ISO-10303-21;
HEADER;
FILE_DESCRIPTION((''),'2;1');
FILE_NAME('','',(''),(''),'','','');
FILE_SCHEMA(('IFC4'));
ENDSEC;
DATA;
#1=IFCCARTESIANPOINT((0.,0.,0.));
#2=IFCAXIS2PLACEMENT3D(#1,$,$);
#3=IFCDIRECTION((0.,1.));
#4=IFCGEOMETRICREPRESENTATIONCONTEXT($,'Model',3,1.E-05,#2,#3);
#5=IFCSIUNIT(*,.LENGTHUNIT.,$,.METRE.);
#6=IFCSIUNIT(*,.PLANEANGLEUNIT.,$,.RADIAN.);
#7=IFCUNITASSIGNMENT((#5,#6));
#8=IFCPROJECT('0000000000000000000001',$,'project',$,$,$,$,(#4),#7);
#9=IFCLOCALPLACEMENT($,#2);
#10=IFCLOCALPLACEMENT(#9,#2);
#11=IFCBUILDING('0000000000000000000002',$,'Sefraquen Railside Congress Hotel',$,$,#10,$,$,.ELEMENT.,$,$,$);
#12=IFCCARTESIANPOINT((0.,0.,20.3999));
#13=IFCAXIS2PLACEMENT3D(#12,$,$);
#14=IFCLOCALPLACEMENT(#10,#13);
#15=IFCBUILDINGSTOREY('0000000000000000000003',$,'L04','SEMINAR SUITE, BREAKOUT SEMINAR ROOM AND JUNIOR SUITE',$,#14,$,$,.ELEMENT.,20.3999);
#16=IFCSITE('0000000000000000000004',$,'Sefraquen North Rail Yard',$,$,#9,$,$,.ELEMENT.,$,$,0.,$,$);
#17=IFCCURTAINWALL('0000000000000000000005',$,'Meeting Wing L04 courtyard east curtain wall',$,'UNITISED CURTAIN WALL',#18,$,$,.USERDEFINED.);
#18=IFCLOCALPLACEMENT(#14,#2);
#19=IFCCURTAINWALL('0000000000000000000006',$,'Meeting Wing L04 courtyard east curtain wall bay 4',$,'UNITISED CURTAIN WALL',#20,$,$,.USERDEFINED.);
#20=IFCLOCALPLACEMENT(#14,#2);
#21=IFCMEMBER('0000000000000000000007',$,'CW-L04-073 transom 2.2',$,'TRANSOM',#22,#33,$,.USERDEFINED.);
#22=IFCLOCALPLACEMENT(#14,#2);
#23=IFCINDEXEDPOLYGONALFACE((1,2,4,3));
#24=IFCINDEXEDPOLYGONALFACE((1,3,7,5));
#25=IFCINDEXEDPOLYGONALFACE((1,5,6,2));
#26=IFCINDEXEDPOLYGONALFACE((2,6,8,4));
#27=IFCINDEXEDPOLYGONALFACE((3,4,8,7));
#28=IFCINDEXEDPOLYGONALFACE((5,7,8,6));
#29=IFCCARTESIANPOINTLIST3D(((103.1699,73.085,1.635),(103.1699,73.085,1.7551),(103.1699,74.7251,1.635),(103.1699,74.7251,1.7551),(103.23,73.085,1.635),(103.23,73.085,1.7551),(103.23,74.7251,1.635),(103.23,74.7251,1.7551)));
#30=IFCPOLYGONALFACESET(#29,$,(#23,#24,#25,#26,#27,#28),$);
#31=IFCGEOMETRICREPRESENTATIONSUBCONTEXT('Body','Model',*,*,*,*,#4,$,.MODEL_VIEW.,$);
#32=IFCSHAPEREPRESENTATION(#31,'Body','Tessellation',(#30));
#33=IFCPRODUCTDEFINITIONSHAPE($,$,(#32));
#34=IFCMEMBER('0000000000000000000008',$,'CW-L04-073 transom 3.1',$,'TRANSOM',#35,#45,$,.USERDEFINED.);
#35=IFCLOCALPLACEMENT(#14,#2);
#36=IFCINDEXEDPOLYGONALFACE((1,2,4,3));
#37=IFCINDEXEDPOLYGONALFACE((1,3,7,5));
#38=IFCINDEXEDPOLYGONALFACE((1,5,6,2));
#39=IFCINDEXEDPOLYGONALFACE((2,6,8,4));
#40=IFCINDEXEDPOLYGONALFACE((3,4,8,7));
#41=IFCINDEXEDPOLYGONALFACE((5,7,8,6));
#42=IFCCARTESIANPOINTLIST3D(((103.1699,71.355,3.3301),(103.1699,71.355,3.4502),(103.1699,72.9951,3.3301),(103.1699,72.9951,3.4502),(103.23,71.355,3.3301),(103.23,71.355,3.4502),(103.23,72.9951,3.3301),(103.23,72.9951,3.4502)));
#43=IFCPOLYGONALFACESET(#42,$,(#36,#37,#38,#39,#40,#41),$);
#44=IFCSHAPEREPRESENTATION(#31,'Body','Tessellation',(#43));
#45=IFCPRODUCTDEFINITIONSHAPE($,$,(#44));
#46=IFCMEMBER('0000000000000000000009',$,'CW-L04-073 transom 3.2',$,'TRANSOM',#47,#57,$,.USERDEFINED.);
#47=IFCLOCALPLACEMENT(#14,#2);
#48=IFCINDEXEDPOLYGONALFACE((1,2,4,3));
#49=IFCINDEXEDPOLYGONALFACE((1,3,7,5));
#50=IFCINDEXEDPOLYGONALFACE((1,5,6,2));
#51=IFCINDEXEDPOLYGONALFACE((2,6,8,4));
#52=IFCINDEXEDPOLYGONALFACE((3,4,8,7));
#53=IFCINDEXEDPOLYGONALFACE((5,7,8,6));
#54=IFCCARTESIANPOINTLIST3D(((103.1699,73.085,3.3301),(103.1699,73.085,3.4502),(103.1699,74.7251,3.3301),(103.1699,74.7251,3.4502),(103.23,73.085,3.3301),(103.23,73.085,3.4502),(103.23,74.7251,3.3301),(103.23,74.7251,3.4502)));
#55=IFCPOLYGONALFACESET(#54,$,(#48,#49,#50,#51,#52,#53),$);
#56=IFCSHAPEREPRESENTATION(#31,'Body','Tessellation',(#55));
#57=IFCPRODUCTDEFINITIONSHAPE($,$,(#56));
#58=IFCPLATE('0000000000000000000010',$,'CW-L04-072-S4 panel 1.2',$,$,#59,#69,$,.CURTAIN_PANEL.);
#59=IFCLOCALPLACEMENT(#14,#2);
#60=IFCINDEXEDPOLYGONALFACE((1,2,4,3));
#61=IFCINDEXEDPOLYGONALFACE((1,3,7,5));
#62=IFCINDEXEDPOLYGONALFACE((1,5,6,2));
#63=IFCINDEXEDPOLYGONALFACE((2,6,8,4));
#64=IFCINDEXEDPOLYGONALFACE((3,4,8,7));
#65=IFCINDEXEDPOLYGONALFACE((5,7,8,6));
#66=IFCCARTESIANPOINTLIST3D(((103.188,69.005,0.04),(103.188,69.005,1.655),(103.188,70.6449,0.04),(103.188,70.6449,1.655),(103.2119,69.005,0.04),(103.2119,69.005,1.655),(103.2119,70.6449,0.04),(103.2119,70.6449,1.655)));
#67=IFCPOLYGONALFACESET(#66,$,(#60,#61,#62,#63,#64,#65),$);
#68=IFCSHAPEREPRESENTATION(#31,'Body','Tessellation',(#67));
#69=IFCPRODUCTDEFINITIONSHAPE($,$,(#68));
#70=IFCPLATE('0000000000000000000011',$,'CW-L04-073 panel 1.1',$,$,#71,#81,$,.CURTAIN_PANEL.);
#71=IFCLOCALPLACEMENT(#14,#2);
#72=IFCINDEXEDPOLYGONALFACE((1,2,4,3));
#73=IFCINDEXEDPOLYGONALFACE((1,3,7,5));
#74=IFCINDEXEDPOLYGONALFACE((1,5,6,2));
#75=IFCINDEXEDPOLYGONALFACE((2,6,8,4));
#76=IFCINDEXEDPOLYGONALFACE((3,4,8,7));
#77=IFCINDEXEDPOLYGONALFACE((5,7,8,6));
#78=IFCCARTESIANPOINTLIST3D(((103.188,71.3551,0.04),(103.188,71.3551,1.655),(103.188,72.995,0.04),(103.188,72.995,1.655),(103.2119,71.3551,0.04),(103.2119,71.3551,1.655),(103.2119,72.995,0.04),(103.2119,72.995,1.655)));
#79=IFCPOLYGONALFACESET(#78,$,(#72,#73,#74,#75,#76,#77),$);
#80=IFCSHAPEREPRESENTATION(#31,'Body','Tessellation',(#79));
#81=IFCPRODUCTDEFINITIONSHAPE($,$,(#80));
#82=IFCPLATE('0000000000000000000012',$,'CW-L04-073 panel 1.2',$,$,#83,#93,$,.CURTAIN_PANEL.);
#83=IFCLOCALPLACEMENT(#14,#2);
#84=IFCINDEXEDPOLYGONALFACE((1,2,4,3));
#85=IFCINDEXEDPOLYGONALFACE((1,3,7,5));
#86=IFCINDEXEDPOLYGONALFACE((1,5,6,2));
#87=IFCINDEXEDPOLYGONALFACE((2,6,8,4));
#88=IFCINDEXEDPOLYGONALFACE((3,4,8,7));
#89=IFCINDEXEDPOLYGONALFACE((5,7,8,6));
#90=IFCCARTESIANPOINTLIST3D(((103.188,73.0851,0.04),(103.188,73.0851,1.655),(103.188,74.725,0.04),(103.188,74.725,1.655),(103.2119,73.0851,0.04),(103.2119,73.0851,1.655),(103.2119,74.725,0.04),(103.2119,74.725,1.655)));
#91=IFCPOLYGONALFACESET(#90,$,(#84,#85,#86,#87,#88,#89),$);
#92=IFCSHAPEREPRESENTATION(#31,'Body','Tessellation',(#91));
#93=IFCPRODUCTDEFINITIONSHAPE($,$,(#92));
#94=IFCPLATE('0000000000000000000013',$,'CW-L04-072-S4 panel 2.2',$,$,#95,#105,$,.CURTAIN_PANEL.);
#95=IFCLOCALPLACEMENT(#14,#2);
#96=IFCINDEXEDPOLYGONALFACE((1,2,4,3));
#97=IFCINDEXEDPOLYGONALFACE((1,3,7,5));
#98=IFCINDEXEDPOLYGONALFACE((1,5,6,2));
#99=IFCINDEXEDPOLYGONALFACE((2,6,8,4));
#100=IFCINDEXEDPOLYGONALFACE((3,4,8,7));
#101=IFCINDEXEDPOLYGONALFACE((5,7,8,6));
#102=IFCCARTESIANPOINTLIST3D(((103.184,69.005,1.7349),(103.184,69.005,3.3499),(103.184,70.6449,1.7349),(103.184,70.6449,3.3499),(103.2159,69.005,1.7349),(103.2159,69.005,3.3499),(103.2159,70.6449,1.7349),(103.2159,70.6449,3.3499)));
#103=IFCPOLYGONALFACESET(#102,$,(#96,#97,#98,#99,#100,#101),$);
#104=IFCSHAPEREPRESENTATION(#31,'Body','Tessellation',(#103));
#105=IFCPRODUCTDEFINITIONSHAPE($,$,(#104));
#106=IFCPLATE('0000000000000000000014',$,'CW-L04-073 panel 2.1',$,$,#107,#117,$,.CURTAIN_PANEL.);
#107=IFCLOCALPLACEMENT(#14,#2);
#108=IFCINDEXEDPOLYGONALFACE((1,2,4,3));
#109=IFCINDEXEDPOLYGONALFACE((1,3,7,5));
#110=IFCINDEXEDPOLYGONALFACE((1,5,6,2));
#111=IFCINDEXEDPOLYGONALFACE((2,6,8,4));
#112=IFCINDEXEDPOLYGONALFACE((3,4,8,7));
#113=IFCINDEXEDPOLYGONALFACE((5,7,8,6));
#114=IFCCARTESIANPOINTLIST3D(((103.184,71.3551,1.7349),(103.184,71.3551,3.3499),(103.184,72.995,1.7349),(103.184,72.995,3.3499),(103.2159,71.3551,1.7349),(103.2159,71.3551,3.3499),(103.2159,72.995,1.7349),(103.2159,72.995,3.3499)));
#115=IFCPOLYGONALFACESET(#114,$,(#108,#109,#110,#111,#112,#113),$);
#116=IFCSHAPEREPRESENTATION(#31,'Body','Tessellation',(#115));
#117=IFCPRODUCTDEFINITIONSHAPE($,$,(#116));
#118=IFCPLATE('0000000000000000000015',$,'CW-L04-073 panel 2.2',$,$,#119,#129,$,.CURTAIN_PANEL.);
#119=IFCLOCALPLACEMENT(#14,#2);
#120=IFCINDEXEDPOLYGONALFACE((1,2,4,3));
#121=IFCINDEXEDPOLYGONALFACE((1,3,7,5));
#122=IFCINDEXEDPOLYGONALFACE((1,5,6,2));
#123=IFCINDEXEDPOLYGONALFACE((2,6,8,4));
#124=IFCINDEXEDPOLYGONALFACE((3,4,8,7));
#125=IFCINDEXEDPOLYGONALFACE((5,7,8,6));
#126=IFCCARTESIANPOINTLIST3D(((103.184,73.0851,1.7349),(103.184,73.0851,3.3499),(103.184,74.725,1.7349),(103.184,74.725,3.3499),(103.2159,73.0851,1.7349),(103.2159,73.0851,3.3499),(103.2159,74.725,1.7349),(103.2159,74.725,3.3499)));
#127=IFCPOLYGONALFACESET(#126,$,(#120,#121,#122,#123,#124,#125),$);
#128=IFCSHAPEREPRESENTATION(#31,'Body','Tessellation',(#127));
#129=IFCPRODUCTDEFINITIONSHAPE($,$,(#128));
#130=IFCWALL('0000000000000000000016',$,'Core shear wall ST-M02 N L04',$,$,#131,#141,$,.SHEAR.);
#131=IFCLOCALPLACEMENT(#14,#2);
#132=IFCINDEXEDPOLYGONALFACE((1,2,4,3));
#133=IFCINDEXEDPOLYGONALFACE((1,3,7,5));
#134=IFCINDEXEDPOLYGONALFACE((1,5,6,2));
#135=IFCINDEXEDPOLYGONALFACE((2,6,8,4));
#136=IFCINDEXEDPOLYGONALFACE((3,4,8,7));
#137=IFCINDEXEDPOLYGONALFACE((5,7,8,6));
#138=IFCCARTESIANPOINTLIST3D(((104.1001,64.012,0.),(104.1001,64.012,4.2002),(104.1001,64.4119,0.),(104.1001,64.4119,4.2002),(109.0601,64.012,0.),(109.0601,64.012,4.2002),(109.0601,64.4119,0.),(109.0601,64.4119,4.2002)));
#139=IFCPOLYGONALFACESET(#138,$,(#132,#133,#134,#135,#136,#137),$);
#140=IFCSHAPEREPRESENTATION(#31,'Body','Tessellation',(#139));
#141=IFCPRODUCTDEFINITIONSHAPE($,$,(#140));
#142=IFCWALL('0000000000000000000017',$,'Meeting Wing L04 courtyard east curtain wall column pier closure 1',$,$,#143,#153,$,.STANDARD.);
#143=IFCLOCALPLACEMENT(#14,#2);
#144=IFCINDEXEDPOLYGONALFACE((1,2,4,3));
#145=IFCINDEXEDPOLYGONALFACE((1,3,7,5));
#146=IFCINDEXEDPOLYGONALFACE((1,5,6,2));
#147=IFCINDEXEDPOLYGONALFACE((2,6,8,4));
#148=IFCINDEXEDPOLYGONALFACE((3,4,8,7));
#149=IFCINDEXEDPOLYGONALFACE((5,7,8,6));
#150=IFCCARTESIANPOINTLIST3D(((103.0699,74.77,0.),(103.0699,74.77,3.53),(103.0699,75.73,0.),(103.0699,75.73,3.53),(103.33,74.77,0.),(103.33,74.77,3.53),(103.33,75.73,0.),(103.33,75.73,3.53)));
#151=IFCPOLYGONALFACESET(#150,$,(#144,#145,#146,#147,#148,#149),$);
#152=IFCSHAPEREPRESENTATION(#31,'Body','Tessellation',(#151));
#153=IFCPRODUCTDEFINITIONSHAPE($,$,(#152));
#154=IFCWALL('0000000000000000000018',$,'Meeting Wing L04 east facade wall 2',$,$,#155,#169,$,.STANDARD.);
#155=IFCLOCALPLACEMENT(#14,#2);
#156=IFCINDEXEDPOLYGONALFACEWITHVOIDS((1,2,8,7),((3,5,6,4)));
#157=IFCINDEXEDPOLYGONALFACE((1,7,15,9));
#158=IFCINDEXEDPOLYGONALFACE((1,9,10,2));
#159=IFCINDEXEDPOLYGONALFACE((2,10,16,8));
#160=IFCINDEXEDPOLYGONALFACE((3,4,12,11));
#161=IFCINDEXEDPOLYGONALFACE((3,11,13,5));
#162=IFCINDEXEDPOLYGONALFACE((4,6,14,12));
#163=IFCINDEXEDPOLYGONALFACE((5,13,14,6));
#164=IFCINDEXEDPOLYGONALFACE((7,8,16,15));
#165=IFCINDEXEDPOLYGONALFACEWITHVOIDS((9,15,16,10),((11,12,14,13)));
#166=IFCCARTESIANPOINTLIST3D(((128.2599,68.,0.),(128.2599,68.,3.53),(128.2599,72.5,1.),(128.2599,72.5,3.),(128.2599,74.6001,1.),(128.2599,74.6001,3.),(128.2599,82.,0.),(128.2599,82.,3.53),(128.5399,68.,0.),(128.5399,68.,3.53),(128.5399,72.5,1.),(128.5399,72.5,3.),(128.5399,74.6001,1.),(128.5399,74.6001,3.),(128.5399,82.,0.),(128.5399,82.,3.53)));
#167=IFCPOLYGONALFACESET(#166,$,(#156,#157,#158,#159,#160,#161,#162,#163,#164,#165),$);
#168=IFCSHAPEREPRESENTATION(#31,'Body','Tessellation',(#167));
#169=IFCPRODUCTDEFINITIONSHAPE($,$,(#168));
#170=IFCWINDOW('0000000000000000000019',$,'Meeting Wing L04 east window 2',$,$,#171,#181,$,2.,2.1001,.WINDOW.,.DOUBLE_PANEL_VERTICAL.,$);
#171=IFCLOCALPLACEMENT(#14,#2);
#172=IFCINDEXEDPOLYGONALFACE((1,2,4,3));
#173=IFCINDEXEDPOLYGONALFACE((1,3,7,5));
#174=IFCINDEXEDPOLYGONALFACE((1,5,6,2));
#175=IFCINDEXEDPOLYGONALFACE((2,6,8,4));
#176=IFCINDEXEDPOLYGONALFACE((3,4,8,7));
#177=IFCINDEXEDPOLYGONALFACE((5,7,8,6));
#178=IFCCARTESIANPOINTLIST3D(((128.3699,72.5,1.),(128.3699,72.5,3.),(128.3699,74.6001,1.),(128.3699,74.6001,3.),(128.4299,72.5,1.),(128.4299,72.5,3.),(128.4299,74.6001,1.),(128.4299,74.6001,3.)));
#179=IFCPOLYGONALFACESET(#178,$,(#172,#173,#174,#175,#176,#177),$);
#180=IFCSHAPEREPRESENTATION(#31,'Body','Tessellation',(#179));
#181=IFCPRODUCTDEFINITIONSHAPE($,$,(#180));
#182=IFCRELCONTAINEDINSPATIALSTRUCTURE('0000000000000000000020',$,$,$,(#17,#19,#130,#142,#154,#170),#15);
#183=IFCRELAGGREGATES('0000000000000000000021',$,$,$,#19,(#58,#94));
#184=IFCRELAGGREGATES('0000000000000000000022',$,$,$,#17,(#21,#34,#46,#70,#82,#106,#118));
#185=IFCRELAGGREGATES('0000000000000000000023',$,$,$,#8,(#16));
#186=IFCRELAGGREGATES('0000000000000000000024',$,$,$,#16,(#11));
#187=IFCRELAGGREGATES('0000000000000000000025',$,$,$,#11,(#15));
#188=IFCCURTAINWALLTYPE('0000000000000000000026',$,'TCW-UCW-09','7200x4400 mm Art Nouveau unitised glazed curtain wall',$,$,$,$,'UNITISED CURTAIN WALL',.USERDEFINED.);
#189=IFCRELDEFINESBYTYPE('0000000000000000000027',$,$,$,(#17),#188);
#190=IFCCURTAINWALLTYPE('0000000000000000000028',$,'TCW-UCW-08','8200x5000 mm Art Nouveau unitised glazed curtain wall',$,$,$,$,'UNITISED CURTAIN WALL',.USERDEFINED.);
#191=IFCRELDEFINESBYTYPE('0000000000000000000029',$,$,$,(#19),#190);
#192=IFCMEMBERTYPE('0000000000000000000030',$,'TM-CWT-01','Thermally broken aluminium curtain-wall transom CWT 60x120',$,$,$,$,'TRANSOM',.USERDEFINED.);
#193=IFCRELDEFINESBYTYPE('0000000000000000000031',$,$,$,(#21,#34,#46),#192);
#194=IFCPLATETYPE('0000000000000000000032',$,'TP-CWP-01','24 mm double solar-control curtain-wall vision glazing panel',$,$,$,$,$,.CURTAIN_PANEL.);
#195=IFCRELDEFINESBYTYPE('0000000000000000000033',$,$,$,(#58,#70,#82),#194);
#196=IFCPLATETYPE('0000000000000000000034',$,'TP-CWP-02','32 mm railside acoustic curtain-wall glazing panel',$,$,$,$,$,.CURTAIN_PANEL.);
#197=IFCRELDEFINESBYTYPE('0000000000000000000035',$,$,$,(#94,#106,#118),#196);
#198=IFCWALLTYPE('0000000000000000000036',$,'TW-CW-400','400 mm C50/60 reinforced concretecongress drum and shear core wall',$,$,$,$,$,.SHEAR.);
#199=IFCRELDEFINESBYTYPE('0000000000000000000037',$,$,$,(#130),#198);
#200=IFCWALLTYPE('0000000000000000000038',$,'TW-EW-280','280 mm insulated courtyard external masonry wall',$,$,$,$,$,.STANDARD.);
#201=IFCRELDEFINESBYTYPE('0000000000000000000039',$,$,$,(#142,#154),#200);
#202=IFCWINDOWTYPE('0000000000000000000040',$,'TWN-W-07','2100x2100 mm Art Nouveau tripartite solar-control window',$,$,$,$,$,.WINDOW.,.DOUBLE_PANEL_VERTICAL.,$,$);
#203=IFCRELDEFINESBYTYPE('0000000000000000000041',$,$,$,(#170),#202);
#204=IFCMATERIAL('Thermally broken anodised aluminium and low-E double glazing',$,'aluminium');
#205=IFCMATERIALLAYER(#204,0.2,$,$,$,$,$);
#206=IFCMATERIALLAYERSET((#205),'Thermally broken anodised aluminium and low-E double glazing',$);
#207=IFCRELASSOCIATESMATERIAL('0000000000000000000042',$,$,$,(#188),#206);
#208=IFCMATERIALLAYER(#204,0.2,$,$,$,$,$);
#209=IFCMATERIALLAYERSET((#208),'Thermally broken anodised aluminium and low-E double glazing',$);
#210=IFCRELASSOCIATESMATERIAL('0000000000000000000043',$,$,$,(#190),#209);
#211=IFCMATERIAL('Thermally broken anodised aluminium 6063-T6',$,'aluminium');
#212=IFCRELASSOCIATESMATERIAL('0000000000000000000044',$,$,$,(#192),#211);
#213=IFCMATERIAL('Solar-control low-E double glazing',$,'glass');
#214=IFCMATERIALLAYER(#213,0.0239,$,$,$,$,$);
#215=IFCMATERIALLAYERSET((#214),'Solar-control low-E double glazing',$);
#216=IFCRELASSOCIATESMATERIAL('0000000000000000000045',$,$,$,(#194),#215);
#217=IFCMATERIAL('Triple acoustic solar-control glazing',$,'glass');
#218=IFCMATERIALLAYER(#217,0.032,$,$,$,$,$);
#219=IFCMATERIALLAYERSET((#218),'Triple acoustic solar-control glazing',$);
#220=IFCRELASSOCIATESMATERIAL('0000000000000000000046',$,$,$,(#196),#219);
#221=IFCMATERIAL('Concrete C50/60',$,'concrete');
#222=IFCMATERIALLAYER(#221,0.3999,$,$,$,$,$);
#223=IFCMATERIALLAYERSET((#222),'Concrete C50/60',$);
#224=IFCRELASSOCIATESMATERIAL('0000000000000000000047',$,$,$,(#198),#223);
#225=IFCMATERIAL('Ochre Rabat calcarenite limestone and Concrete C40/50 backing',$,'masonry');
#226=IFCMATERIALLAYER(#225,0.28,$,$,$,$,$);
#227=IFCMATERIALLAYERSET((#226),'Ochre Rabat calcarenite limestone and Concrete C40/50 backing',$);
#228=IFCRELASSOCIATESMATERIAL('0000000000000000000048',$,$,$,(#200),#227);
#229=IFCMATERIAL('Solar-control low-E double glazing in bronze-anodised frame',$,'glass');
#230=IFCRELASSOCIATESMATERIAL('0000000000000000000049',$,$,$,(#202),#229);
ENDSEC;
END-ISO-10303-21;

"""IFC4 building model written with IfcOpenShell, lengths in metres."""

from ifc_helpers import new_model, si_unit, direction, frame, frame_2d, origin, origin_2d, place, context, subcontext, project, spatial, rectangle, extrude, material, layer, layer_set, material_profile, profile_set, type_object, element, fill, aggregate, save


model = new_model("IFC4")

# Units and contexts
model_context = context("Model", 3, precision=1e-05, world=origin(), true_north=direction((0.0, 1.0)))
body_context = subcontext(model_context, "Body", "Model", "MODEL_VIEW")
ifc_project = project(units=[si_unit("LENGTHUNIT", "METRE"), si_unit("PLANEANGLEUNIT", "RADIAN")], contexts=[model_context])

# Site, building, storey
site_placement = place(None, origin())
site = spatial("IfcSite", under=ifc_project, at=site_placement, Name="Sefraquen North Rail Yard", CompositionType="ELEMENT", RefElevation=0.0)
building_placement = place(site_placement, origin())
building = spatial("IfcBuilding", under=site, at=building_placement, Name="Sefraquen Railside Congress Hotel", CompositionType="ELEMENT")
storey_placement = place(building_placement, frame((0.0, 0.0, 20.3999)))
storey = spatial("IfcBuildingStorey", under=building, at=storey_placement, Name="L04", Description="SEMINAR SUITE, BREAKOUT SEMINAR ROOM AND JUNIOR SUITE", CompositionType="ELEMENT", Elevation=20.3999)

# Curtain walls
ifc_material_1 = material(Name="Thermally broken anodised aluminium and low-E double glazing", Category="aluminium")
ifc_layer_1 = layer(ifc_material_1, 0.2)
ifc_layer_set_1 = layer_set([ifc_layer_1], Name="Thermally broken anodised aluminium and low-E double glazing")
curtain_wall_type_1 = type_object("IfcCurtainWallType", Name="TCW-UCW-09", Description="7200x4400 mm Art Nouveau unitised glazed curtain wall", ElementType="UNITISED CURTAIN WALL", PredefinedType="USERDEFINED", material=ifc_layer_set_1)
curtain_wall_1_placement = place(storey_placement, origin())
curtain_wall_1 = element("IfcCurtainWall", 1, at=curtain_wall_1_placement, inside=storey, type_object=curtain_wall_type_1, Name="Meeting Wing L04 courtyard east curtain wall", ObjectType="UNITISED CURTAIN WALL", PredefinedType="USERDEFINED")
ifc_material_2 = material(Name="Thermally broken anodised aluminium 6063-T6", Category="aluminium")
ifc_layer_2 = layer(ifc_material_1, 0.2)
ifc_layer_set_2 = layer_set([ifc_layer_2], Name="Thermally broken anodised aluminium and low-E double glazing")
curtain_wall_type_2 = type_object("IfcCurtainWallType", Name="TCW-UCW-08", Description="8200x5000 mm Art Nouveau unitised glazed curtain wall", ElementType="UNITISED CURTAIN WALL", PredefinedType="USERDEFINED", material=ifc_layer_set_2)
curtain_wall_2_placement = place(storey_placement, origin())
curtain_wall_2 = element("IfcCurtainWall", 2, at=curtain_wall_2_placement, inside=storey, type_object=curtain_wall_type_2, Name="Meeting Wing L04 courtyard east curtain wall bay 4", ObjectType="UNITISED CURTAIN WALL", PredefinedType="USERDEFINED")

# Members
ifc_material_profile_1 = material_profile(ifc_material_2, rectangle(XDim=0.0601, YDim=0.1201, at=origin_2d()), Name="CWT 60x120")
ifc_profile_set_1 = profile_set([ifc_material_profile_1], Name="Thermally broken anodised aluminium 6063-T6")
member_type_1 = type_object("IfcMemberType", Name="TM-CWT-01", Description="Thermally broken aluminium curtain-wall transom CWT 60x120", ElementType="TRANSOM", PredefinedType="USERDEFINED", material=ifc_profile_set_1)
member_1_placement = place(storey_placement, frame((103.2, 73.085, 1.6951), z_axis=(0.0, 1.0, 0.0), x_axis=(-1.0, 0.0, 0.0)))
member_1 = element("IfcMember", 3, at=member_1_placement, type_object=member_type_1, Name="CW-L04-073 transom 2.2", ObjectType="TRANSOM", PredefinedType="USERDEFINED", context=body_context, shape_type="SweptSolid", body=[
    extrude(rectangle(XDim=0.0601, YDim=0.1201, at=origin_2d()), origin(), (0.0, 0.0, 1.0), 1.6401),
])
member_2_placement = place(storey_placement, frame((103.2, 71.355, 3.3901), z_axis=(0.0, 1.0, 0.0), x_axis=(-1.0, 0.0, 0.0)))
member_2 = element("IfcMember", 4, at=member_2_placement, type_object=member_type_1, Name="CW-L04-073 transom 3.1", ObjectType="TRANSOM", PredefinedType="USERDEFINED", context=body_context, shape_type="SweptSolid", body=[
    extrude(rectangle(XDim=0.0601, YDim=0.1201, at=origin_2d()), origin(), (0.0, 0.0, 1.0), 1.6401),
])
member_3_placement = place(storey_placement, frame((103.2, 73.085, 3.3901), z_axis=(0.0, 1.0, 0.0), x_axis=(-1.0, 0.0, 0.0)))
member_3 = element("IfcMember", 5, at=member_3_placement, type_object=member_type_1, Name="CW-L04-073 transom 3.2", ObjectType="TRANSOM", PredefinedType="USERDEFINED", context=body_context, shape_type="SweptSolid", body=[
    extrude(rectangle(XDim=0.0601, YDim=0.1201, at=origin_2d()), origin(), (0.0, 0.0, 1.0), 1.6401),
])

# Plates
ifc_material_3 = material(Name="Solar-control low-E double glazing", Category="glass")
ifc_layer_3 = layer(ifc_material_3, 0.0239)
ifc_layer_set_3 = layer_set([ifc_layer_3], Name="Solar-control low-E double glazing")
plate_type_1 = type_object("IfcPlateType", Name="TP-CWP-01", Description="24 mm double solar-control curtain-wall vision glazing panel", PredefinedType="CURTAIN_PANEL", material=ifc_layer_set_3)
plate_1_placement = place(storey_placement, frame((103.2, 69.825, 0.04), z_axis=(0.0, 0.0, 1.0), x_axis=(0.0, 1.0, 0.0)))
plate_1 = element("IfcPlate", 6, at=plate_1_placement, type_object=plate_type_1, Name="CW-L04-072-S4 panel 1.2", PredefinedType="CURTAIN_PANEL", context=body_context, shape_type="SweptSolid", body=[
    extrude(rectangle(XDim=1.6399, YDim=0.0239, at=origin_2d()), origin(), (0.0, 0.0, 1.0), 1.615),
])
plate_2_placement = place(storey_placement, frame((103.2, 72.175, 0.04), z_axis=(0.0, 0.0, 1.0), x_axis=(0.0, 1.0, 0.0)))
plate_2 = element("IfcPlate", 7, at=plate_2_placement, type_object=plate_type_1, Name="CW-L04-073 panel 1.1", PredefinedType="CURTAIN_PANEL", context=body_context, shape_type="SweptSolid", body=[
    extrude(rectangle(XDim=1.6399, YDim=0.0239, at=origin_2d()), origin(), (0.0, 0.0, 1.0), 1.615),
])
plate_3_placement = place(storey_placement, frame((103.2, 73.905, 0.04), z_axis=(0.0, 0.0, 1.0), x_axis=(0.0, 1.0, 0.0)))
plate_3 = element("IfcPlate", 8, at=plate_3_placement, type_object=plate_type_1, Name="CW-L04-073 panel 1.2", PredefinedType="CURTAIN_PANEL", context=body_context, shape_type="SweptSolid", body=[
    extrude(rectangle(XDim=1.6399, YDim=0.0239, at=origin_2d()), origin(), (0.0, 0.0, 1.0), 1.615),
])
ifc_material_4 = material(Name="Triple acoustic solar-control glazing", Category="glass")
ifc_layer_4 = layer(ifc_material_4, 0.032)
ifc_layer_set_4 = layer_set([ifc_layer_4], Name="Triple acoustic solar-control glazing")
plate_type_2 = type_object("IfcPlateType", Name="TP-CWP-02", Description="32 mm railside acoustic curtain-wall glazing panel", PredefinedType="CURTAIN_PANEL", material=ifc_layer_set_4)
plate_4_placement = place(storey_placement, frame((103.2, 69.825, 1.7349), z_axis=(0.0, 0.0, 1.0), x_axis=(0.0, 1.0, 0.0)))
plate_4 = element("IfcPlate", 9, at=plate_4_placement, type_object=plate_type_2, Name="CW-L04-072-S4 panel 2.2", PredefinedType="CURTAIN_PANEL", context=body_context, shape_type="SweptSolid", body=[
    extrude(rectangle(XDim=1.6399, YDim=0.032, at=origin_2d()), origin(), (0.0, 0.0, 1.0), 1.615),
])
aggregate(curtain_wall_2, [plate_1, plate_4])
plate_5_placement = place(storey_placement, frame((103.2, 72.175, 1.7349), z_axis=(0.0, 0.0, 1.0), x_axis=(0.0, 1.0, 0.0)))
plate_5 = element("IfcPlate", 10, at=plate_5_placement, type_object=plate_type_2, Name="CW-L04-073 panel 2.1", PredefinedType="CURTAIN_PANEL", context=body_context, shape_type="SweptSolid", body=[
    extrude(rectangle(XDim=1.6399, YDim=0.032, at=origin_2d()), origin(), (0.0, 0.0, 1.0), 1.615),
])
plate_6_placement = place(storey_placement, frame((103.2, 73.905, 1.7349), z_axis=(0.0, 0.0, 1.0), x_axis=(0.0, 1.0, 0.0)))
plate_6 = element("IfcPlate", 11, at=plate_6_placement, type_object=plate_type_2, Name="CW-L04-073 panel 2.2", PredefinedType="CURTAIN_PANEL", context=body_context, shape_type="SweptSolid", body=[
    extrude(rectangle(XDim=1.6399, YDim=0.032, at=origin_2d()), origin(), (0.0, 0.0, 1.0), 1.615),
])
aggregate(curtain_wall_1, [member_1, member_2, member_3, plate_2, plate_3, plate_5, plate_6])

# Walls
ifc_material_5 = material(Name="Concrete C50/60", Category="concrete")
ifc_layer_5 = layer(ifc_material_5, 0.3999)
ifc_layer_set_5 = layer_set([ifc_layer_5], Name="Concrete C50/60")
wall_type_1 = type_object("IfcWallType", Name="TW-CW-400", Description="400 mm C50/60 reinforced concretecongress drum and shear core wall", PredefinedType="SHEAR", material=ifc_layer_set_5)
wall_1_placement = place(storey_placement, frame((104.1001, 64.2119, 0.0), z_axis=(0.0, 0.0, 1.0), x_axis=(1.0, 0.0, 0.0)))
element("IfcWall", 12, at=wall_1_placement, inside=storey, type_object=wall_type_1, Name="Core shear wall ST-M02 N L04", PredefinedType="SHEAR", context=body_context, shape_type="SweptSolid", body=[
    extrude(rectangle(XDim=4.96, YDim=0.3999, at=frame_2d((2.48, 0.0))), origin(), (0.0, 0.0, 1.0), 4.2002),
])
ifc_material_6 = material(Name="Ochre Rabat calcarenite limestone and Concrete C40/50 backing", Category="masonry")
ifc_layer_6 = layer(ifc_material_6, 0.28)
ifc_layer_set_6 = layer_set([ifc_layer_6], Name="Ochre Rabat calcarenite limestone and Concrete C40/50 backing")
wall_type_2 = type_object("IfcWallType", Name="TW-EW-280", Description="280 mm insulated courtyard external masonry wall", PredefinedType="STANDARD", material=ifc_layer_set_6)
wall_2_placement = place(storey_placement, frame((103.2, 74.77, 0.0), z_axis=(0.0, 0.0, 1.0), x_axis=(0.0, 1.0, 0.0)))
element("IfcWall", 13, at=wall_2_placement, inside=storey, type_object=wall_type_2, Name="Meeting Wing L04 courtyard east curtain wall column pier closure 1", PredefinedType="STANDARD", context=body_context, shape_type="SweptSolid", body=[
    extrude(rectangle(XDim=0.96, YDim=0.26, at=frame_2d((0.48, 0.0))), origin(), (0.0, 0.0, 1.0), 3.53),
])

# Wall, opening, window
wall_3_placement = place(storey_placement, frame((128.3999, 68.0, 0.0), z_axis=(0.0, 0.0, 1.0), x_axis=(0.0, 1.0, 0.0)))
wall_3 = element("IfcWall", 14, at=wall_3_placement, inside=storey, type_object=wall_type_2, Name="Meeting Wing L04 east facade wall 2", PredefinedType="STANDARD", context=body_context, shape_type="SweptSolid", body=[
    extrude(rectangle(XDim=14.0, YDim=0.28, at=frame_2d((7.0, 0.0))), origin(), (0.0, 0.0, 1.0), 3.53),
])
opening_1_placement = place(wall_3_placement, frame((4.5, 0.0, 1.0)))
opening_1 = element("IfcOpeningElement", 15, at=opening_1_placement, cuts=wall_3, PredefinedType="OPENING", context=body_context, shape_type="SweptSolid", body=[
    extrude(rectangle(XDim=2.1001, YDim=2.0, at=frame_2d((1.05, 1.0))), frame((0.0, 0.1499, 0.0), z_axis=(0.0, -1.0, 0.0), x_axis=(1.0, 0.0, 0.0)), (0.0, 0.0, 1.0), 0.3),
])
ifc_material_7 = material(Name="Solar-control low-E double glazing in bronze-anodised frame", Category="glass")
window_type = type_object("IfcWindowType", Name="TWN-W-07", Description="2100x2100 mm Art Nouveau tripartite solar-control window", PartitioningType="DOUBLE_PANEL_VERTICAL", PredefinedType="WINDOW", material=ifc_material_7)
window_placement = place(opening_1_placement, origin())
window = element("IfcWindow", 16, at=window_placement, inside=storey, type_object=window_type, Name="Meeting Wing L04 east window 2", OverallHeight=2.0, OverallWidth=2.1001, PartitioningType="DOUBLE_PANEL_VERTICAL", PredefinedType="WINDOW", context=body_context, shape_type="SweptSolid", body=[
    extrude(rectangle(XDim=2.1001, YDim=2.0, at=frame_2d((1.05, 1.0))), frame((0.0, 0.03, 0.0), z_axis=(0.0, -1.0, 0.0), x_axis=(1.0, 0.0, 0.0)), (0.0, 0.0, 1.0), 0.0601),
])
fill(opening_1, window)

save(model, "model.ifc")
